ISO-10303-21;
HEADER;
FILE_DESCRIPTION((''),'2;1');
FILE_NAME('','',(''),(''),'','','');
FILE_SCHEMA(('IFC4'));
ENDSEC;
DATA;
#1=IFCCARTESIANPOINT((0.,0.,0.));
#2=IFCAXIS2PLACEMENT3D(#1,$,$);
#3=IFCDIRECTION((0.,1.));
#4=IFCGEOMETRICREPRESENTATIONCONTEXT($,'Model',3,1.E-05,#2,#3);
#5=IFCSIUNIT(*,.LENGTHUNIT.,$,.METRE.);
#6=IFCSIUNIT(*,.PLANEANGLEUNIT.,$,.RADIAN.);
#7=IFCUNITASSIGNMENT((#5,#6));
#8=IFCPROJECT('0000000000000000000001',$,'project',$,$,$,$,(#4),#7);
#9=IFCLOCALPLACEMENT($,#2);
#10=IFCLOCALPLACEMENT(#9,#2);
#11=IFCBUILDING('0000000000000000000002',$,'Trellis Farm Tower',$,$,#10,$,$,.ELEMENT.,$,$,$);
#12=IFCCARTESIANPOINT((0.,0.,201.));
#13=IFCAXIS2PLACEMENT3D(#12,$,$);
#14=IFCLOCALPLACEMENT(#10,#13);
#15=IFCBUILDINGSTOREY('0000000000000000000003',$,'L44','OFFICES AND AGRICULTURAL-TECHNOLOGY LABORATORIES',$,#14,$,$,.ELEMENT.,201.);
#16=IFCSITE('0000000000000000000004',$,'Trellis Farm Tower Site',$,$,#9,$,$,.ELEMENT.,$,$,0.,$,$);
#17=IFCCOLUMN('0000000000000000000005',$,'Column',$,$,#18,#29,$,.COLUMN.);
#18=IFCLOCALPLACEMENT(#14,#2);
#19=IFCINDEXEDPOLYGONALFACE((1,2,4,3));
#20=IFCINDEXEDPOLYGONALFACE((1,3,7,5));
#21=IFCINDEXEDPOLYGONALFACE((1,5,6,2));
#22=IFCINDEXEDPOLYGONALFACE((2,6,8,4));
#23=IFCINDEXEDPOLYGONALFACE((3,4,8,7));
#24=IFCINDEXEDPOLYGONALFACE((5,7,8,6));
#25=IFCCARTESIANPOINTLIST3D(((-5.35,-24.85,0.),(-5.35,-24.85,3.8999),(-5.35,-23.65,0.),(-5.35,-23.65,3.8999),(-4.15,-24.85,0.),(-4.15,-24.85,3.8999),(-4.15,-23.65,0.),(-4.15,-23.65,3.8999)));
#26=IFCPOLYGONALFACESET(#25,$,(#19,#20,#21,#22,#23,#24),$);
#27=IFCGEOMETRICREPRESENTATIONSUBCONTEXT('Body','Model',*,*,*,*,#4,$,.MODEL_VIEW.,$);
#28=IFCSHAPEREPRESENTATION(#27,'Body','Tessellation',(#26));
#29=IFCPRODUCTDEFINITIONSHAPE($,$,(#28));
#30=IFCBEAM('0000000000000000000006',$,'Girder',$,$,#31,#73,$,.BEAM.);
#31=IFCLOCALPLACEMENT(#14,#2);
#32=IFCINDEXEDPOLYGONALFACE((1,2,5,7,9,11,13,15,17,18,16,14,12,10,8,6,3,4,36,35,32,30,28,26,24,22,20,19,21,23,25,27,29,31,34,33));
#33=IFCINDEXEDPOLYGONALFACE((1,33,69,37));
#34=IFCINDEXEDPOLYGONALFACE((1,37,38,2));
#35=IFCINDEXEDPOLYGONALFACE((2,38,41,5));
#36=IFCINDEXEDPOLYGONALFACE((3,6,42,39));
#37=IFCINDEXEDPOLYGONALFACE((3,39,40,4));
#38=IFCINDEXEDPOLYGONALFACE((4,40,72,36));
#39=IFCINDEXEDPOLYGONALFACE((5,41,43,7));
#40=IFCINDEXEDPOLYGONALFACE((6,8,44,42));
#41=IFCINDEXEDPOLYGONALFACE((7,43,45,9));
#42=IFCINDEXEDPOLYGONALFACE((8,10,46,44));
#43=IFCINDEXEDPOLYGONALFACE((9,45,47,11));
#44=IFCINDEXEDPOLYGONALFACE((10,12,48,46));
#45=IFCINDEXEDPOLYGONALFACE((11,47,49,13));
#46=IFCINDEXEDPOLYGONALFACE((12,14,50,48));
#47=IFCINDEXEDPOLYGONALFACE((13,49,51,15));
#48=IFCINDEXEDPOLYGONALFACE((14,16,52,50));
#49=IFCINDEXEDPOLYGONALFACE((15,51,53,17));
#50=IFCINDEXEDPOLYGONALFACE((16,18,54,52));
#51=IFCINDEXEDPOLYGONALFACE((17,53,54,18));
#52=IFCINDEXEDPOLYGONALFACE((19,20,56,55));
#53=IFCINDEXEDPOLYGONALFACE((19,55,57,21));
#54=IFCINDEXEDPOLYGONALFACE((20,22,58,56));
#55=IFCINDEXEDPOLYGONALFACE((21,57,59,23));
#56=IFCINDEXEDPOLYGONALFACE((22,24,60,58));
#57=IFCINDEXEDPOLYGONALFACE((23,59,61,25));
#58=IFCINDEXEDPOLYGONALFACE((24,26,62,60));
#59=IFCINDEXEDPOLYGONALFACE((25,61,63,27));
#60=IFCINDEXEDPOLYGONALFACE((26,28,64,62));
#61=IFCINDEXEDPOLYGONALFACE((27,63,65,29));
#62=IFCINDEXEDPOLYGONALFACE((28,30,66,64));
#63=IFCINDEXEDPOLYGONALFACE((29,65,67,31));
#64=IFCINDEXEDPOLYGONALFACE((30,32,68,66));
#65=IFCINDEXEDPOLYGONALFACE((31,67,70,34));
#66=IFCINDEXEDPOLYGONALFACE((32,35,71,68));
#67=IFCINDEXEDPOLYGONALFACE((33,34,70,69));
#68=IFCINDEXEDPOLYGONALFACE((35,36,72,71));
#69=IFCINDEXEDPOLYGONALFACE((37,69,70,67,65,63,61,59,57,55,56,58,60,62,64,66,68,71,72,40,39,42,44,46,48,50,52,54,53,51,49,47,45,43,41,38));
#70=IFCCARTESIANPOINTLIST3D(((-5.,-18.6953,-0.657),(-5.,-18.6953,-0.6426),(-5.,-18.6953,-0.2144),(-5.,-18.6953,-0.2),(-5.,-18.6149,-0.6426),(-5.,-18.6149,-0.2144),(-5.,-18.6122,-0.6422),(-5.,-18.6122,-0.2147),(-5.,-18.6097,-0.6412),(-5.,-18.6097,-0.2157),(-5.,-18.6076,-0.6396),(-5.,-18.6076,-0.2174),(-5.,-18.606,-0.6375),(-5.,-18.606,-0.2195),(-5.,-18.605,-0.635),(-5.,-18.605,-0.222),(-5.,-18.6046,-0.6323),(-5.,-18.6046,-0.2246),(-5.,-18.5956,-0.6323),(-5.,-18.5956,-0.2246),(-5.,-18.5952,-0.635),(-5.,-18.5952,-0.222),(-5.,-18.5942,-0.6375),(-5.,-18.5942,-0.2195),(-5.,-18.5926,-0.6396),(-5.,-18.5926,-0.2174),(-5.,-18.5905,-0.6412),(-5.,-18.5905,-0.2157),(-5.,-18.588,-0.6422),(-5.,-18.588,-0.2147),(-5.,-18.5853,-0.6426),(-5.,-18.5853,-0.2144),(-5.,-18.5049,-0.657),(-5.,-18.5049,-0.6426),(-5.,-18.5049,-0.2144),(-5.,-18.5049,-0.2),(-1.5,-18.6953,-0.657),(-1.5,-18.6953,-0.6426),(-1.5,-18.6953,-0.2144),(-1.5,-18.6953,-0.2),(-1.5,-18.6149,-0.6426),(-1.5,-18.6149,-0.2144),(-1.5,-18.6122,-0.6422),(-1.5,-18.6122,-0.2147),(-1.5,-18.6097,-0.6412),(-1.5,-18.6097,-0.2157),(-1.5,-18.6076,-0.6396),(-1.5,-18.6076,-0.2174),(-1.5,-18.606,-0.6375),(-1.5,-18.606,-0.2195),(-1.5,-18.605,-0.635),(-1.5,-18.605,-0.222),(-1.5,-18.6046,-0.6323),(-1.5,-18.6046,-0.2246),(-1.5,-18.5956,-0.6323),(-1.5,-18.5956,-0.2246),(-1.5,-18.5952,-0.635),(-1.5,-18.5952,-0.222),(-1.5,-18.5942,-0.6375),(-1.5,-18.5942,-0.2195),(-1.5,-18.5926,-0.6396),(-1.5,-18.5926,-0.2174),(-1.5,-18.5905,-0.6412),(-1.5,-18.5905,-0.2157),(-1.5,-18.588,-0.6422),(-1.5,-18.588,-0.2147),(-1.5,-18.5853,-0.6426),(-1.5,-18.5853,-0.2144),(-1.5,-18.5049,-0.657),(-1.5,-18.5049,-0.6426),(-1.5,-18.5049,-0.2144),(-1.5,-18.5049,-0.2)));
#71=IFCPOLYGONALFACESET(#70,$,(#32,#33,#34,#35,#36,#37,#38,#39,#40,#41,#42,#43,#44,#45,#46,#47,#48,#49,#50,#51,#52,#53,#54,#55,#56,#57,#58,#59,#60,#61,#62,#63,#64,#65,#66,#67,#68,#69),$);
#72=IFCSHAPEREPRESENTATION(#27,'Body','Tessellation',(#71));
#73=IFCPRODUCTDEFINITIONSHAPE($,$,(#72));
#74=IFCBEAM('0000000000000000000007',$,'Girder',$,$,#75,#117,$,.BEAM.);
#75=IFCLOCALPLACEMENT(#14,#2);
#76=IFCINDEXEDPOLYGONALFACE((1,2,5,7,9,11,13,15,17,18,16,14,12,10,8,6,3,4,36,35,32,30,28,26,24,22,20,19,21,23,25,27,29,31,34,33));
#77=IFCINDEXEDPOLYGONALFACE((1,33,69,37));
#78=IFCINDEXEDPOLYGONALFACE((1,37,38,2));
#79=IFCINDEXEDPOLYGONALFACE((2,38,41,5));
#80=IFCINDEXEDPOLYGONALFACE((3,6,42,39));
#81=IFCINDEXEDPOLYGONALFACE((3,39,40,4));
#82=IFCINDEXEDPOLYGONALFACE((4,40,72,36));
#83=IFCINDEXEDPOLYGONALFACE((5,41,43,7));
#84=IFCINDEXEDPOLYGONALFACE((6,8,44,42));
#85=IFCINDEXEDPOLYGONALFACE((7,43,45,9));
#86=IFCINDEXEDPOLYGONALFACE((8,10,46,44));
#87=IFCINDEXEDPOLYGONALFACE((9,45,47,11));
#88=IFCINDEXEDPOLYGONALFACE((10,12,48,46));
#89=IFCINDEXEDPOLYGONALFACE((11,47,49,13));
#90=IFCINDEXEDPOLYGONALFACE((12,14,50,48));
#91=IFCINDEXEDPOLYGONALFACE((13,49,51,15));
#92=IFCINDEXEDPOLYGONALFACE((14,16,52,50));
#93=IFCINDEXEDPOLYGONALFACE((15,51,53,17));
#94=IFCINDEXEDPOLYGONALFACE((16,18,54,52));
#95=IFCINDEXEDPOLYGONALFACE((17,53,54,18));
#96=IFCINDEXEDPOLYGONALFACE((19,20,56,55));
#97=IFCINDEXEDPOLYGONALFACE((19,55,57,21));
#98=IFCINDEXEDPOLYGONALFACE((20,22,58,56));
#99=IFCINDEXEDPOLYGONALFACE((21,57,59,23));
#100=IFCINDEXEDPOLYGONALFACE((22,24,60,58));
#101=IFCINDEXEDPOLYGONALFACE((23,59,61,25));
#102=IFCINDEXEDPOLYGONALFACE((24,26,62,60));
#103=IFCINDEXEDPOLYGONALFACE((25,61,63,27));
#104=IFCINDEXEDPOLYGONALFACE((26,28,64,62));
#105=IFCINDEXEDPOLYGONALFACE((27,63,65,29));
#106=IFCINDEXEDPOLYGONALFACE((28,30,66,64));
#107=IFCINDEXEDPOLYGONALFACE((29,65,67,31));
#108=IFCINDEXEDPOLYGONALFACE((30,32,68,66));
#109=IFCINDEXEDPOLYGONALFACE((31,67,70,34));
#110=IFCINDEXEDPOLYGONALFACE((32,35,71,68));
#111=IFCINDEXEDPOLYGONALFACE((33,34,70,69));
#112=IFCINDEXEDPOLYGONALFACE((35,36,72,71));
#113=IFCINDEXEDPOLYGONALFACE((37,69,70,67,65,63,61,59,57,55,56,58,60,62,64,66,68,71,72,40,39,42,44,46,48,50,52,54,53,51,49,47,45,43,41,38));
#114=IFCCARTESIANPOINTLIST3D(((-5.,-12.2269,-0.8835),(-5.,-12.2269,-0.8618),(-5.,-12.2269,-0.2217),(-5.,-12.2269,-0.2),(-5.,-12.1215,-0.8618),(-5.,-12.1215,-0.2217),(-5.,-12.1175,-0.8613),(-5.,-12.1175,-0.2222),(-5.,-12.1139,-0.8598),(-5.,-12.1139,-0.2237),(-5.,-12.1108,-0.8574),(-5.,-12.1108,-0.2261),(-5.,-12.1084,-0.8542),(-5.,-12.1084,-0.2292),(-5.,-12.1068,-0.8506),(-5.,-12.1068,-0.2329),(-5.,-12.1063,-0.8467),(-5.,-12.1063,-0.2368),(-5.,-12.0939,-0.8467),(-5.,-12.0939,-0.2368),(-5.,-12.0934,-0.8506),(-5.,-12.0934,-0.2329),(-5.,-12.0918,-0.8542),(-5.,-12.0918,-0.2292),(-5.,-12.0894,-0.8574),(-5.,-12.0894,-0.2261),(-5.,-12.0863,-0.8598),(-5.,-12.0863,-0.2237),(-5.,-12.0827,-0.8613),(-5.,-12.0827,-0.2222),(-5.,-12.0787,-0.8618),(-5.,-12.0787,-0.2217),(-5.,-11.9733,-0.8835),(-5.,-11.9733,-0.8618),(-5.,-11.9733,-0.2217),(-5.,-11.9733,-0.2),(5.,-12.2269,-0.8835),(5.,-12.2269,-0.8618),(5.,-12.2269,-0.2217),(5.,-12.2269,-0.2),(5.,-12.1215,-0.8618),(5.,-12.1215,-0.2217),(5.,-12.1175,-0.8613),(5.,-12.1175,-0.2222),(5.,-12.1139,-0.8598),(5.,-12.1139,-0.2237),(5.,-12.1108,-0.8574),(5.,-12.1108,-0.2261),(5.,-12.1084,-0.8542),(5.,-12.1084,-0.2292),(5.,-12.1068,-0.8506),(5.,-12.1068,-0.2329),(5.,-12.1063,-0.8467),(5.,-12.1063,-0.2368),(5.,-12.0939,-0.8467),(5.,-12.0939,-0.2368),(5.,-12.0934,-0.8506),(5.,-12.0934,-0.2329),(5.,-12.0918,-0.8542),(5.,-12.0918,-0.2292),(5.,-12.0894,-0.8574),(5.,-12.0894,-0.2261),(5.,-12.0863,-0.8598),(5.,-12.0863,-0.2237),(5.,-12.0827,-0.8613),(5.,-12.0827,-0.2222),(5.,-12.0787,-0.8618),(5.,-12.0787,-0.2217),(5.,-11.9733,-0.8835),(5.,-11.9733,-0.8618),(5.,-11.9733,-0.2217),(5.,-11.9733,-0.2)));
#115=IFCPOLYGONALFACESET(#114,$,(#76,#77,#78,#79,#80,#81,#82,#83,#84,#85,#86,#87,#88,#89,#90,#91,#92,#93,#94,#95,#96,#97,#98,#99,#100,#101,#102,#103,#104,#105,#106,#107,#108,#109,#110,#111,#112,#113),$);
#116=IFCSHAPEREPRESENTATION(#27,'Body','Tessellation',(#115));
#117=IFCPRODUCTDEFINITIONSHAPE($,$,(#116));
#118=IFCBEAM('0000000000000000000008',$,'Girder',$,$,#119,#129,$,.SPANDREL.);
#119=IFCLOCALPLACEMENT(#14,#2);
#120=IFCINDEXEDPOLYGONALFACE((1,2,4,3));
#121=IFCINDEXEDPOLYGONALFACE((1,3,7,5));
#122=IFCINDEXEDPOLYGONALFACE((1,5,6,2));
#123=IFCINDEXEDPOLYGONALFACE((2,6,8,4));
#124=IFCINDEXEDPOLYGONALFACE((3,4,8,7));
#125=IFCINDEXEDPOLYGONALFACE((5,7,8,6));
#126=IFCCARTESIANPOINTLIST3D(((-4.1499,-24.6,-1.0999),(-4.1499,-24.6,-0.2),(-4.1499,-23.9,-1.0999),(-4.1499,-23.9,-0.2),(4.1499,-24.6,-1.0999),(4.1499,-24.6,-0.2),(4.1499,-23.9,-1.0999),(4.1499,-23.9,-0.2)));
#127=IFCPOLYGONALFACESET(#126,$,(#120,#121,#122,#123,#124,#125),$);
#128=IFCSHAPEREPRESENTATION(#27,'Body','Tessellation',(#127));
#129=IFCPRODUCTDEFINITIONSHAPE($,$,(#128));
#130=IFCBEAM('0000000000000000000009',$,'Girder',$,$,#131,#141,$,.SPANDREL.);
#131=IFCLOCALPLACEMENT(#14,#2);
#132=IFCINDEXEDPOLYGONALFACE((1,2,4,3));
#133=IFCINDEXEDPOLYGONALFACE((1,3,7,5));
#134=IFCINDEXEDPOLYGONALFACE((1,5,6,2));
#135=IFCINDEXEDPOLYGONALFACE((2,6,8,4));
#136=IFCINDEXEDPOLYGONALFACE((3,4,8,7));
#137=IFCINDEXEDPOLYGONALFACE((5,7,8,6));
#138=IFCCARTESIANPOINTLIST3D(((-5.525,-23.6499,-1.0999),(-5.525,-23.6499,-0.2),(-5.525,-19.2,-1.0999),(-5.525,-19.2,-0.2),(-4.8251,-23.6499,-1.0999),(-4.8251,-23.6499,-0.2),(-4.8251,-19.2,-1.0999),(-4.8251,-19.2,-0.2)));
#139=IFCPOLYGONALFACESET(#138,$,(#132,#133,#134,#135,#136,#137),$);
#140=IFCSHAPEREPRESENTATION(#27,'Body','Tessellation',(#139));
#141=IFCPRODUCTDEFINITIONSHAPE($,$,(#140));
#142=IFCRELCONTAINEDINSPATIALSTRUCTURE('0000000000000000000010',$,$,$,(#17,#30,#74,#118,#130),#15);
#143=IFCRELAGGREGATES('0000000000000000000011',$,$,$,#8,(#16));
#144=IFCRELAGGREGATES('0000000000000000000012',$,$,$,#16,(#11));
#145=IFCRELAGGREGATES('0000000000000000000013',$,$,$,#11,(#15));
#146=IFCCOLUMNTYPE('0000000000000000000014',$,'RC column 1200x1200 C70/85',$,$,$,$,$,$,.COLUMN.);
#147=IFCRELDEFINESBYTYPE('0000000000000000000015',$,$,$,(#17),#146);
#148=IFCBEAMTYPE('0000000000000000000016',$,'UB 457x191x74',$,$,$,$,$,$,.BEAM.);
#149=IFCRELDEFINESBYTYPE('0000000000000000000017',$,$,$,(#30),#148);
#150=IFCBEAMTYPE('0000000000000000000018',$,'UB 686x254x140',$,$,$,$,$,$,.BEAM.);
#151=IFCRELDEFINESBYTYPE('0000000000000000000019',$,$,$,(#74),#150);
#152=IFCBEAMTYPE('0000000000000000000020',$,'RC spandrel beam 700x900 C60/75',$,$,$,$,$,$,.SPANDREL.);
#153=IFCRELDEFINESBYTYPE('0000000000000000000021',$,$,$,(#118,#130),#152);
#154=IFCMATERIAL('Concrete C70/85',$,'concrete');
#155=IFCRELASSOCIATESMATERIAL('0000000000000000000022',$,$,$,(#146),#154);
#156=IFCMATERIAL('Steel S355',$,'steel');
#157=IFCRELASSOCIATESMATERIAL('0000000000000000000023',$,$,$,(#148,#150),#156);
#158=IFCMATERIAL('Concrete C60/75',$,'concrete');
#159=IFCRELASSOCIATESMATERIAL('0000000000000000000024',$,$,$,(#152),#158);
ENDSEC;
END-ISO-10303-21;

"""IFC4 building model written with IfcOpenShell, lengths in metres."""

from ifc_helpers import new_model, si_unit, direction, frame, origin, origin_2d, place, context, subcontext, project, spatial, rectangle, i_section, extrude, source, transform, mapped, material, material_profile, profile_set, type_object, element, save


model = new_model("IFC4")

# Units and contexts
model_context = context("Model", 3, precision=1e-05, world=origin(), true_north=direction((0.0, 1.0)))
body_context = subcontext(model_context, "Body", "Model", "MODEL_VIEW")
ifc_project = project(units=[si_unit("LENGTHUNIT", "METRE"), si_unit("PLANEANGLEUNIT", "RADIAN")], contexts=[model_context])

# Site, building, storey
site_placement = place(None, origin())
site = spatial("IfcSite", under=ifc_project, at=site_placement, Name="Trellis Farm Tower Site", CompositionType="ELEMENT", RefElevation=0.0)
building_placement = place(site_placement, origin())
building = spatial("IfcBuilding", under=site, at=building_placement, Name="Trellis Farm Tower", CompositionType="ELEMENT")
storey_placement = place(building_placement, frame((0.0, 0.0, 201.0)))
storey = spatial("IfcBuildingStorey", under=building, at=storey_placement, Name="L44", Description="OFFICES AND AGRICULTURAL-TECHNOLOGY LABORATORIES", CompositionType="ELEMENT", Elevation=201.0)

# Column
ifc_material_1 = material(Name="Concrete C70/85", Category="concrete")
ifc_material_profile_1 = material_profile(ifc_material_1, rectangle(XDim=1.2, YDim=1.2, at=origin_2d()), Name="RC column 1200x1200 C70/85")
ifc_profile_set_1 = profile_set([ifc_material_profile_1], Name="Concrete C70/85")
column_type = type_object("IfcColumnType", Name="RC column 1200x1200 C70/85", PredefinedType="COLUMN", material=ifc_profile_set_1)
shared_shape_1 = source(origin(), body_context, "Body", "SweptSolid", [
    extrude(rectangle(XDim=1.2, YDim=1.2, at=origin_2d()), origin(), (0.0, 0.0, 1.0), 3.8999),
])
column_placement = place(storey_placement, frame((-4.75, -24.25, 0.0), z_axis=(0.0, 0.0, 1.0), x_axis=(1.0, 0.0, 0.0)))
element("IfcColumn", 1, at=column_placement, inside=storey, type_object=column_type, Name="Column", PredefinedType="COLUMN", context=body_context, shape_type="MappedRepresentation", body=[
    mapped(shared_shape_1, transform((0.0, 0.0, 0.0))),
])

# Beams
ifc_material_2 = material(Name="Steel S355", Category="steel")
ifc_material_profile_2 = material_profile(ifc_material_2, i_section(OverallWidth=0.1904, OverallDepth=0.457, WebThickness=0.009, FlangeThickness=0.0144, FilletRadius=0.0103, at=origin_2d()), Name="UB 457x191x74")
ifc_profile_set_2 = profile_set([ifc_material_profile_2], Name="Steel S355")
beam_type_1 = type_object("IfcBeamType", Name="UB 457x191x74", PredefinedType="BEAM", material=ifc_profile_set_2)
shared_shape_2 = source(origin(), body_context, "Body", "SweptSolid", [
    extrude(i_section(OverallWidth=0.1904, OverallDepth=0.457, WebThickness=0.009, FlangeThickness=0.0144, FilletRadius=0.0103, at=origin_2d()), origin(), (0.0, 0.0, 1.0), 3.5),
])
beam_1_placement = place(storey_placement, frame((-5.0, -18.6001, -0.4285), z_axis=(1.0, 0.0, 0.0), x_axis=(0.0, 1.0, 0.0)))
element("IfcBeam", 2, at=beam_1_placement, inside=storey, type_object=beam_type_1, Name="Girder", PredefinedType="BEAM", context=body_context, shape_type="MappedRepresentation", body=[
    mapped(shared_shape_2, transform((0.0, 0.0, 0.0))),
])
ifc_material_profile_3 = material_profile(ifc_material_2, i_section(OverallWidth=0.2537, OverallDepth=0.6836, WebThickness=0.0125, FlangeThickness=0.0217, FilletRadius=0.0151, at=origin_2d()), Name="UB 686x254x140")
ifc_profile_set_3 = profile_set([ifc_material_profile_3], Name="Steel S355")
beam_type_2 = type_object("IfcBeamType", Name="UB 686x254x140", PredefinedType="BEAM", material=ifc_profile_set_3)
shared_shape_3 = source(origin(), body_context, "Body", "SweptSolid", [
    extrude(i_section(OverallWidth=0.2537, OverallDepth=0.6836, WebThickness=0.0125, FlangeThickness=0.0217, FilletRadius=0.0151, at=origin_2d()), origin(), (0.0, 0.0, 1.0), 10.0),
])
beam_2_placement = place(storey_placement, frame((-5.0, -12.1001, -0.5417), z_axis=(1.0, 0.0, 0.0), x_axis=(0.0, 1.0, 0.0)))
element("IfcBeam", 3, at=beam_2_placement, inside=storey, type_object=beam_type_2, Name="Girder", PredefinedType="BEAM", context=body_context, shape_type="MappedRepresentation", body=[
    mapped(shared_shape_3, transform((0.0, 0.0, 0.0))),
])
ifc_material_3 = material(Name="Concrete C60/75", Category="concrete")
ifc_material_profile_4 = material_profile(ifc_material_3, rectangle(XDim=0.7, YDim=0.8999, at=origin_2d()), Name="RC spandrel beam 700x900 C60/75")
ifc_profile_set_4 = profile_set([ifc_material_profile_4], Name="Concrete C60/75")
beam_type_3 = type_object("IfcBeamType", Name="RC spandrel beam 700x900 C60/75", PredefinedType="SPANDREL", material=ifc_profile_set_4)
shared_shape_4 = source(origin(), body_context, "Body", "SweptSolid", [
    extrude(rectangle(XDim=0.7, YDim=0.8999, at=origin_2d()), origin(), (0.0, 0.0, 1.0), 8.2998),
])
beam_3_placement = place(storey_placement, frame((-4.1499, -24.25, -0.6499), z_axis=(1.0, 0.0, 0.0), x_axis=(0.0, 1.0, 0.0)))
element("IfcBeam", 4, at=beam_3_placement, inside=storey, type_object=beam_type_3, Name="Girder", PredefinedType="SPANDREL", context=body_context, shape_type="MappedRepresentation", body=[
    mapped(shared_shape_4, transform((0.0, 0.0, 0.0))),
])
shared_shape_5 = source(origin(), body_context, "Body", "SweptSolid", [
    extrude(rectangle(XDim=0.7, YDim=0.8999, at=origin_2d()), origin(), (0.0, 0.0, 1.0), 4.45),
])
beam_4_placement = place(storey_placement, frame((-5.175, -23.6499, -0.6499), z_axis=(0.0, 1.0, 0.0), x_axis=(-1.0, 0.0, 0.0)))
element("IfcBeam", 5, at=beam_4_placement, inside=storey, type_object=beam_type_3, Name="Girder", PredefinedType="SPANDREL", context=body_context, shape_type="MappedRepresentation", body=[
    mapped(shared_shape_5, transform((0.0, 0.0, 0.0))),
])

save(model, "model.ifc")
